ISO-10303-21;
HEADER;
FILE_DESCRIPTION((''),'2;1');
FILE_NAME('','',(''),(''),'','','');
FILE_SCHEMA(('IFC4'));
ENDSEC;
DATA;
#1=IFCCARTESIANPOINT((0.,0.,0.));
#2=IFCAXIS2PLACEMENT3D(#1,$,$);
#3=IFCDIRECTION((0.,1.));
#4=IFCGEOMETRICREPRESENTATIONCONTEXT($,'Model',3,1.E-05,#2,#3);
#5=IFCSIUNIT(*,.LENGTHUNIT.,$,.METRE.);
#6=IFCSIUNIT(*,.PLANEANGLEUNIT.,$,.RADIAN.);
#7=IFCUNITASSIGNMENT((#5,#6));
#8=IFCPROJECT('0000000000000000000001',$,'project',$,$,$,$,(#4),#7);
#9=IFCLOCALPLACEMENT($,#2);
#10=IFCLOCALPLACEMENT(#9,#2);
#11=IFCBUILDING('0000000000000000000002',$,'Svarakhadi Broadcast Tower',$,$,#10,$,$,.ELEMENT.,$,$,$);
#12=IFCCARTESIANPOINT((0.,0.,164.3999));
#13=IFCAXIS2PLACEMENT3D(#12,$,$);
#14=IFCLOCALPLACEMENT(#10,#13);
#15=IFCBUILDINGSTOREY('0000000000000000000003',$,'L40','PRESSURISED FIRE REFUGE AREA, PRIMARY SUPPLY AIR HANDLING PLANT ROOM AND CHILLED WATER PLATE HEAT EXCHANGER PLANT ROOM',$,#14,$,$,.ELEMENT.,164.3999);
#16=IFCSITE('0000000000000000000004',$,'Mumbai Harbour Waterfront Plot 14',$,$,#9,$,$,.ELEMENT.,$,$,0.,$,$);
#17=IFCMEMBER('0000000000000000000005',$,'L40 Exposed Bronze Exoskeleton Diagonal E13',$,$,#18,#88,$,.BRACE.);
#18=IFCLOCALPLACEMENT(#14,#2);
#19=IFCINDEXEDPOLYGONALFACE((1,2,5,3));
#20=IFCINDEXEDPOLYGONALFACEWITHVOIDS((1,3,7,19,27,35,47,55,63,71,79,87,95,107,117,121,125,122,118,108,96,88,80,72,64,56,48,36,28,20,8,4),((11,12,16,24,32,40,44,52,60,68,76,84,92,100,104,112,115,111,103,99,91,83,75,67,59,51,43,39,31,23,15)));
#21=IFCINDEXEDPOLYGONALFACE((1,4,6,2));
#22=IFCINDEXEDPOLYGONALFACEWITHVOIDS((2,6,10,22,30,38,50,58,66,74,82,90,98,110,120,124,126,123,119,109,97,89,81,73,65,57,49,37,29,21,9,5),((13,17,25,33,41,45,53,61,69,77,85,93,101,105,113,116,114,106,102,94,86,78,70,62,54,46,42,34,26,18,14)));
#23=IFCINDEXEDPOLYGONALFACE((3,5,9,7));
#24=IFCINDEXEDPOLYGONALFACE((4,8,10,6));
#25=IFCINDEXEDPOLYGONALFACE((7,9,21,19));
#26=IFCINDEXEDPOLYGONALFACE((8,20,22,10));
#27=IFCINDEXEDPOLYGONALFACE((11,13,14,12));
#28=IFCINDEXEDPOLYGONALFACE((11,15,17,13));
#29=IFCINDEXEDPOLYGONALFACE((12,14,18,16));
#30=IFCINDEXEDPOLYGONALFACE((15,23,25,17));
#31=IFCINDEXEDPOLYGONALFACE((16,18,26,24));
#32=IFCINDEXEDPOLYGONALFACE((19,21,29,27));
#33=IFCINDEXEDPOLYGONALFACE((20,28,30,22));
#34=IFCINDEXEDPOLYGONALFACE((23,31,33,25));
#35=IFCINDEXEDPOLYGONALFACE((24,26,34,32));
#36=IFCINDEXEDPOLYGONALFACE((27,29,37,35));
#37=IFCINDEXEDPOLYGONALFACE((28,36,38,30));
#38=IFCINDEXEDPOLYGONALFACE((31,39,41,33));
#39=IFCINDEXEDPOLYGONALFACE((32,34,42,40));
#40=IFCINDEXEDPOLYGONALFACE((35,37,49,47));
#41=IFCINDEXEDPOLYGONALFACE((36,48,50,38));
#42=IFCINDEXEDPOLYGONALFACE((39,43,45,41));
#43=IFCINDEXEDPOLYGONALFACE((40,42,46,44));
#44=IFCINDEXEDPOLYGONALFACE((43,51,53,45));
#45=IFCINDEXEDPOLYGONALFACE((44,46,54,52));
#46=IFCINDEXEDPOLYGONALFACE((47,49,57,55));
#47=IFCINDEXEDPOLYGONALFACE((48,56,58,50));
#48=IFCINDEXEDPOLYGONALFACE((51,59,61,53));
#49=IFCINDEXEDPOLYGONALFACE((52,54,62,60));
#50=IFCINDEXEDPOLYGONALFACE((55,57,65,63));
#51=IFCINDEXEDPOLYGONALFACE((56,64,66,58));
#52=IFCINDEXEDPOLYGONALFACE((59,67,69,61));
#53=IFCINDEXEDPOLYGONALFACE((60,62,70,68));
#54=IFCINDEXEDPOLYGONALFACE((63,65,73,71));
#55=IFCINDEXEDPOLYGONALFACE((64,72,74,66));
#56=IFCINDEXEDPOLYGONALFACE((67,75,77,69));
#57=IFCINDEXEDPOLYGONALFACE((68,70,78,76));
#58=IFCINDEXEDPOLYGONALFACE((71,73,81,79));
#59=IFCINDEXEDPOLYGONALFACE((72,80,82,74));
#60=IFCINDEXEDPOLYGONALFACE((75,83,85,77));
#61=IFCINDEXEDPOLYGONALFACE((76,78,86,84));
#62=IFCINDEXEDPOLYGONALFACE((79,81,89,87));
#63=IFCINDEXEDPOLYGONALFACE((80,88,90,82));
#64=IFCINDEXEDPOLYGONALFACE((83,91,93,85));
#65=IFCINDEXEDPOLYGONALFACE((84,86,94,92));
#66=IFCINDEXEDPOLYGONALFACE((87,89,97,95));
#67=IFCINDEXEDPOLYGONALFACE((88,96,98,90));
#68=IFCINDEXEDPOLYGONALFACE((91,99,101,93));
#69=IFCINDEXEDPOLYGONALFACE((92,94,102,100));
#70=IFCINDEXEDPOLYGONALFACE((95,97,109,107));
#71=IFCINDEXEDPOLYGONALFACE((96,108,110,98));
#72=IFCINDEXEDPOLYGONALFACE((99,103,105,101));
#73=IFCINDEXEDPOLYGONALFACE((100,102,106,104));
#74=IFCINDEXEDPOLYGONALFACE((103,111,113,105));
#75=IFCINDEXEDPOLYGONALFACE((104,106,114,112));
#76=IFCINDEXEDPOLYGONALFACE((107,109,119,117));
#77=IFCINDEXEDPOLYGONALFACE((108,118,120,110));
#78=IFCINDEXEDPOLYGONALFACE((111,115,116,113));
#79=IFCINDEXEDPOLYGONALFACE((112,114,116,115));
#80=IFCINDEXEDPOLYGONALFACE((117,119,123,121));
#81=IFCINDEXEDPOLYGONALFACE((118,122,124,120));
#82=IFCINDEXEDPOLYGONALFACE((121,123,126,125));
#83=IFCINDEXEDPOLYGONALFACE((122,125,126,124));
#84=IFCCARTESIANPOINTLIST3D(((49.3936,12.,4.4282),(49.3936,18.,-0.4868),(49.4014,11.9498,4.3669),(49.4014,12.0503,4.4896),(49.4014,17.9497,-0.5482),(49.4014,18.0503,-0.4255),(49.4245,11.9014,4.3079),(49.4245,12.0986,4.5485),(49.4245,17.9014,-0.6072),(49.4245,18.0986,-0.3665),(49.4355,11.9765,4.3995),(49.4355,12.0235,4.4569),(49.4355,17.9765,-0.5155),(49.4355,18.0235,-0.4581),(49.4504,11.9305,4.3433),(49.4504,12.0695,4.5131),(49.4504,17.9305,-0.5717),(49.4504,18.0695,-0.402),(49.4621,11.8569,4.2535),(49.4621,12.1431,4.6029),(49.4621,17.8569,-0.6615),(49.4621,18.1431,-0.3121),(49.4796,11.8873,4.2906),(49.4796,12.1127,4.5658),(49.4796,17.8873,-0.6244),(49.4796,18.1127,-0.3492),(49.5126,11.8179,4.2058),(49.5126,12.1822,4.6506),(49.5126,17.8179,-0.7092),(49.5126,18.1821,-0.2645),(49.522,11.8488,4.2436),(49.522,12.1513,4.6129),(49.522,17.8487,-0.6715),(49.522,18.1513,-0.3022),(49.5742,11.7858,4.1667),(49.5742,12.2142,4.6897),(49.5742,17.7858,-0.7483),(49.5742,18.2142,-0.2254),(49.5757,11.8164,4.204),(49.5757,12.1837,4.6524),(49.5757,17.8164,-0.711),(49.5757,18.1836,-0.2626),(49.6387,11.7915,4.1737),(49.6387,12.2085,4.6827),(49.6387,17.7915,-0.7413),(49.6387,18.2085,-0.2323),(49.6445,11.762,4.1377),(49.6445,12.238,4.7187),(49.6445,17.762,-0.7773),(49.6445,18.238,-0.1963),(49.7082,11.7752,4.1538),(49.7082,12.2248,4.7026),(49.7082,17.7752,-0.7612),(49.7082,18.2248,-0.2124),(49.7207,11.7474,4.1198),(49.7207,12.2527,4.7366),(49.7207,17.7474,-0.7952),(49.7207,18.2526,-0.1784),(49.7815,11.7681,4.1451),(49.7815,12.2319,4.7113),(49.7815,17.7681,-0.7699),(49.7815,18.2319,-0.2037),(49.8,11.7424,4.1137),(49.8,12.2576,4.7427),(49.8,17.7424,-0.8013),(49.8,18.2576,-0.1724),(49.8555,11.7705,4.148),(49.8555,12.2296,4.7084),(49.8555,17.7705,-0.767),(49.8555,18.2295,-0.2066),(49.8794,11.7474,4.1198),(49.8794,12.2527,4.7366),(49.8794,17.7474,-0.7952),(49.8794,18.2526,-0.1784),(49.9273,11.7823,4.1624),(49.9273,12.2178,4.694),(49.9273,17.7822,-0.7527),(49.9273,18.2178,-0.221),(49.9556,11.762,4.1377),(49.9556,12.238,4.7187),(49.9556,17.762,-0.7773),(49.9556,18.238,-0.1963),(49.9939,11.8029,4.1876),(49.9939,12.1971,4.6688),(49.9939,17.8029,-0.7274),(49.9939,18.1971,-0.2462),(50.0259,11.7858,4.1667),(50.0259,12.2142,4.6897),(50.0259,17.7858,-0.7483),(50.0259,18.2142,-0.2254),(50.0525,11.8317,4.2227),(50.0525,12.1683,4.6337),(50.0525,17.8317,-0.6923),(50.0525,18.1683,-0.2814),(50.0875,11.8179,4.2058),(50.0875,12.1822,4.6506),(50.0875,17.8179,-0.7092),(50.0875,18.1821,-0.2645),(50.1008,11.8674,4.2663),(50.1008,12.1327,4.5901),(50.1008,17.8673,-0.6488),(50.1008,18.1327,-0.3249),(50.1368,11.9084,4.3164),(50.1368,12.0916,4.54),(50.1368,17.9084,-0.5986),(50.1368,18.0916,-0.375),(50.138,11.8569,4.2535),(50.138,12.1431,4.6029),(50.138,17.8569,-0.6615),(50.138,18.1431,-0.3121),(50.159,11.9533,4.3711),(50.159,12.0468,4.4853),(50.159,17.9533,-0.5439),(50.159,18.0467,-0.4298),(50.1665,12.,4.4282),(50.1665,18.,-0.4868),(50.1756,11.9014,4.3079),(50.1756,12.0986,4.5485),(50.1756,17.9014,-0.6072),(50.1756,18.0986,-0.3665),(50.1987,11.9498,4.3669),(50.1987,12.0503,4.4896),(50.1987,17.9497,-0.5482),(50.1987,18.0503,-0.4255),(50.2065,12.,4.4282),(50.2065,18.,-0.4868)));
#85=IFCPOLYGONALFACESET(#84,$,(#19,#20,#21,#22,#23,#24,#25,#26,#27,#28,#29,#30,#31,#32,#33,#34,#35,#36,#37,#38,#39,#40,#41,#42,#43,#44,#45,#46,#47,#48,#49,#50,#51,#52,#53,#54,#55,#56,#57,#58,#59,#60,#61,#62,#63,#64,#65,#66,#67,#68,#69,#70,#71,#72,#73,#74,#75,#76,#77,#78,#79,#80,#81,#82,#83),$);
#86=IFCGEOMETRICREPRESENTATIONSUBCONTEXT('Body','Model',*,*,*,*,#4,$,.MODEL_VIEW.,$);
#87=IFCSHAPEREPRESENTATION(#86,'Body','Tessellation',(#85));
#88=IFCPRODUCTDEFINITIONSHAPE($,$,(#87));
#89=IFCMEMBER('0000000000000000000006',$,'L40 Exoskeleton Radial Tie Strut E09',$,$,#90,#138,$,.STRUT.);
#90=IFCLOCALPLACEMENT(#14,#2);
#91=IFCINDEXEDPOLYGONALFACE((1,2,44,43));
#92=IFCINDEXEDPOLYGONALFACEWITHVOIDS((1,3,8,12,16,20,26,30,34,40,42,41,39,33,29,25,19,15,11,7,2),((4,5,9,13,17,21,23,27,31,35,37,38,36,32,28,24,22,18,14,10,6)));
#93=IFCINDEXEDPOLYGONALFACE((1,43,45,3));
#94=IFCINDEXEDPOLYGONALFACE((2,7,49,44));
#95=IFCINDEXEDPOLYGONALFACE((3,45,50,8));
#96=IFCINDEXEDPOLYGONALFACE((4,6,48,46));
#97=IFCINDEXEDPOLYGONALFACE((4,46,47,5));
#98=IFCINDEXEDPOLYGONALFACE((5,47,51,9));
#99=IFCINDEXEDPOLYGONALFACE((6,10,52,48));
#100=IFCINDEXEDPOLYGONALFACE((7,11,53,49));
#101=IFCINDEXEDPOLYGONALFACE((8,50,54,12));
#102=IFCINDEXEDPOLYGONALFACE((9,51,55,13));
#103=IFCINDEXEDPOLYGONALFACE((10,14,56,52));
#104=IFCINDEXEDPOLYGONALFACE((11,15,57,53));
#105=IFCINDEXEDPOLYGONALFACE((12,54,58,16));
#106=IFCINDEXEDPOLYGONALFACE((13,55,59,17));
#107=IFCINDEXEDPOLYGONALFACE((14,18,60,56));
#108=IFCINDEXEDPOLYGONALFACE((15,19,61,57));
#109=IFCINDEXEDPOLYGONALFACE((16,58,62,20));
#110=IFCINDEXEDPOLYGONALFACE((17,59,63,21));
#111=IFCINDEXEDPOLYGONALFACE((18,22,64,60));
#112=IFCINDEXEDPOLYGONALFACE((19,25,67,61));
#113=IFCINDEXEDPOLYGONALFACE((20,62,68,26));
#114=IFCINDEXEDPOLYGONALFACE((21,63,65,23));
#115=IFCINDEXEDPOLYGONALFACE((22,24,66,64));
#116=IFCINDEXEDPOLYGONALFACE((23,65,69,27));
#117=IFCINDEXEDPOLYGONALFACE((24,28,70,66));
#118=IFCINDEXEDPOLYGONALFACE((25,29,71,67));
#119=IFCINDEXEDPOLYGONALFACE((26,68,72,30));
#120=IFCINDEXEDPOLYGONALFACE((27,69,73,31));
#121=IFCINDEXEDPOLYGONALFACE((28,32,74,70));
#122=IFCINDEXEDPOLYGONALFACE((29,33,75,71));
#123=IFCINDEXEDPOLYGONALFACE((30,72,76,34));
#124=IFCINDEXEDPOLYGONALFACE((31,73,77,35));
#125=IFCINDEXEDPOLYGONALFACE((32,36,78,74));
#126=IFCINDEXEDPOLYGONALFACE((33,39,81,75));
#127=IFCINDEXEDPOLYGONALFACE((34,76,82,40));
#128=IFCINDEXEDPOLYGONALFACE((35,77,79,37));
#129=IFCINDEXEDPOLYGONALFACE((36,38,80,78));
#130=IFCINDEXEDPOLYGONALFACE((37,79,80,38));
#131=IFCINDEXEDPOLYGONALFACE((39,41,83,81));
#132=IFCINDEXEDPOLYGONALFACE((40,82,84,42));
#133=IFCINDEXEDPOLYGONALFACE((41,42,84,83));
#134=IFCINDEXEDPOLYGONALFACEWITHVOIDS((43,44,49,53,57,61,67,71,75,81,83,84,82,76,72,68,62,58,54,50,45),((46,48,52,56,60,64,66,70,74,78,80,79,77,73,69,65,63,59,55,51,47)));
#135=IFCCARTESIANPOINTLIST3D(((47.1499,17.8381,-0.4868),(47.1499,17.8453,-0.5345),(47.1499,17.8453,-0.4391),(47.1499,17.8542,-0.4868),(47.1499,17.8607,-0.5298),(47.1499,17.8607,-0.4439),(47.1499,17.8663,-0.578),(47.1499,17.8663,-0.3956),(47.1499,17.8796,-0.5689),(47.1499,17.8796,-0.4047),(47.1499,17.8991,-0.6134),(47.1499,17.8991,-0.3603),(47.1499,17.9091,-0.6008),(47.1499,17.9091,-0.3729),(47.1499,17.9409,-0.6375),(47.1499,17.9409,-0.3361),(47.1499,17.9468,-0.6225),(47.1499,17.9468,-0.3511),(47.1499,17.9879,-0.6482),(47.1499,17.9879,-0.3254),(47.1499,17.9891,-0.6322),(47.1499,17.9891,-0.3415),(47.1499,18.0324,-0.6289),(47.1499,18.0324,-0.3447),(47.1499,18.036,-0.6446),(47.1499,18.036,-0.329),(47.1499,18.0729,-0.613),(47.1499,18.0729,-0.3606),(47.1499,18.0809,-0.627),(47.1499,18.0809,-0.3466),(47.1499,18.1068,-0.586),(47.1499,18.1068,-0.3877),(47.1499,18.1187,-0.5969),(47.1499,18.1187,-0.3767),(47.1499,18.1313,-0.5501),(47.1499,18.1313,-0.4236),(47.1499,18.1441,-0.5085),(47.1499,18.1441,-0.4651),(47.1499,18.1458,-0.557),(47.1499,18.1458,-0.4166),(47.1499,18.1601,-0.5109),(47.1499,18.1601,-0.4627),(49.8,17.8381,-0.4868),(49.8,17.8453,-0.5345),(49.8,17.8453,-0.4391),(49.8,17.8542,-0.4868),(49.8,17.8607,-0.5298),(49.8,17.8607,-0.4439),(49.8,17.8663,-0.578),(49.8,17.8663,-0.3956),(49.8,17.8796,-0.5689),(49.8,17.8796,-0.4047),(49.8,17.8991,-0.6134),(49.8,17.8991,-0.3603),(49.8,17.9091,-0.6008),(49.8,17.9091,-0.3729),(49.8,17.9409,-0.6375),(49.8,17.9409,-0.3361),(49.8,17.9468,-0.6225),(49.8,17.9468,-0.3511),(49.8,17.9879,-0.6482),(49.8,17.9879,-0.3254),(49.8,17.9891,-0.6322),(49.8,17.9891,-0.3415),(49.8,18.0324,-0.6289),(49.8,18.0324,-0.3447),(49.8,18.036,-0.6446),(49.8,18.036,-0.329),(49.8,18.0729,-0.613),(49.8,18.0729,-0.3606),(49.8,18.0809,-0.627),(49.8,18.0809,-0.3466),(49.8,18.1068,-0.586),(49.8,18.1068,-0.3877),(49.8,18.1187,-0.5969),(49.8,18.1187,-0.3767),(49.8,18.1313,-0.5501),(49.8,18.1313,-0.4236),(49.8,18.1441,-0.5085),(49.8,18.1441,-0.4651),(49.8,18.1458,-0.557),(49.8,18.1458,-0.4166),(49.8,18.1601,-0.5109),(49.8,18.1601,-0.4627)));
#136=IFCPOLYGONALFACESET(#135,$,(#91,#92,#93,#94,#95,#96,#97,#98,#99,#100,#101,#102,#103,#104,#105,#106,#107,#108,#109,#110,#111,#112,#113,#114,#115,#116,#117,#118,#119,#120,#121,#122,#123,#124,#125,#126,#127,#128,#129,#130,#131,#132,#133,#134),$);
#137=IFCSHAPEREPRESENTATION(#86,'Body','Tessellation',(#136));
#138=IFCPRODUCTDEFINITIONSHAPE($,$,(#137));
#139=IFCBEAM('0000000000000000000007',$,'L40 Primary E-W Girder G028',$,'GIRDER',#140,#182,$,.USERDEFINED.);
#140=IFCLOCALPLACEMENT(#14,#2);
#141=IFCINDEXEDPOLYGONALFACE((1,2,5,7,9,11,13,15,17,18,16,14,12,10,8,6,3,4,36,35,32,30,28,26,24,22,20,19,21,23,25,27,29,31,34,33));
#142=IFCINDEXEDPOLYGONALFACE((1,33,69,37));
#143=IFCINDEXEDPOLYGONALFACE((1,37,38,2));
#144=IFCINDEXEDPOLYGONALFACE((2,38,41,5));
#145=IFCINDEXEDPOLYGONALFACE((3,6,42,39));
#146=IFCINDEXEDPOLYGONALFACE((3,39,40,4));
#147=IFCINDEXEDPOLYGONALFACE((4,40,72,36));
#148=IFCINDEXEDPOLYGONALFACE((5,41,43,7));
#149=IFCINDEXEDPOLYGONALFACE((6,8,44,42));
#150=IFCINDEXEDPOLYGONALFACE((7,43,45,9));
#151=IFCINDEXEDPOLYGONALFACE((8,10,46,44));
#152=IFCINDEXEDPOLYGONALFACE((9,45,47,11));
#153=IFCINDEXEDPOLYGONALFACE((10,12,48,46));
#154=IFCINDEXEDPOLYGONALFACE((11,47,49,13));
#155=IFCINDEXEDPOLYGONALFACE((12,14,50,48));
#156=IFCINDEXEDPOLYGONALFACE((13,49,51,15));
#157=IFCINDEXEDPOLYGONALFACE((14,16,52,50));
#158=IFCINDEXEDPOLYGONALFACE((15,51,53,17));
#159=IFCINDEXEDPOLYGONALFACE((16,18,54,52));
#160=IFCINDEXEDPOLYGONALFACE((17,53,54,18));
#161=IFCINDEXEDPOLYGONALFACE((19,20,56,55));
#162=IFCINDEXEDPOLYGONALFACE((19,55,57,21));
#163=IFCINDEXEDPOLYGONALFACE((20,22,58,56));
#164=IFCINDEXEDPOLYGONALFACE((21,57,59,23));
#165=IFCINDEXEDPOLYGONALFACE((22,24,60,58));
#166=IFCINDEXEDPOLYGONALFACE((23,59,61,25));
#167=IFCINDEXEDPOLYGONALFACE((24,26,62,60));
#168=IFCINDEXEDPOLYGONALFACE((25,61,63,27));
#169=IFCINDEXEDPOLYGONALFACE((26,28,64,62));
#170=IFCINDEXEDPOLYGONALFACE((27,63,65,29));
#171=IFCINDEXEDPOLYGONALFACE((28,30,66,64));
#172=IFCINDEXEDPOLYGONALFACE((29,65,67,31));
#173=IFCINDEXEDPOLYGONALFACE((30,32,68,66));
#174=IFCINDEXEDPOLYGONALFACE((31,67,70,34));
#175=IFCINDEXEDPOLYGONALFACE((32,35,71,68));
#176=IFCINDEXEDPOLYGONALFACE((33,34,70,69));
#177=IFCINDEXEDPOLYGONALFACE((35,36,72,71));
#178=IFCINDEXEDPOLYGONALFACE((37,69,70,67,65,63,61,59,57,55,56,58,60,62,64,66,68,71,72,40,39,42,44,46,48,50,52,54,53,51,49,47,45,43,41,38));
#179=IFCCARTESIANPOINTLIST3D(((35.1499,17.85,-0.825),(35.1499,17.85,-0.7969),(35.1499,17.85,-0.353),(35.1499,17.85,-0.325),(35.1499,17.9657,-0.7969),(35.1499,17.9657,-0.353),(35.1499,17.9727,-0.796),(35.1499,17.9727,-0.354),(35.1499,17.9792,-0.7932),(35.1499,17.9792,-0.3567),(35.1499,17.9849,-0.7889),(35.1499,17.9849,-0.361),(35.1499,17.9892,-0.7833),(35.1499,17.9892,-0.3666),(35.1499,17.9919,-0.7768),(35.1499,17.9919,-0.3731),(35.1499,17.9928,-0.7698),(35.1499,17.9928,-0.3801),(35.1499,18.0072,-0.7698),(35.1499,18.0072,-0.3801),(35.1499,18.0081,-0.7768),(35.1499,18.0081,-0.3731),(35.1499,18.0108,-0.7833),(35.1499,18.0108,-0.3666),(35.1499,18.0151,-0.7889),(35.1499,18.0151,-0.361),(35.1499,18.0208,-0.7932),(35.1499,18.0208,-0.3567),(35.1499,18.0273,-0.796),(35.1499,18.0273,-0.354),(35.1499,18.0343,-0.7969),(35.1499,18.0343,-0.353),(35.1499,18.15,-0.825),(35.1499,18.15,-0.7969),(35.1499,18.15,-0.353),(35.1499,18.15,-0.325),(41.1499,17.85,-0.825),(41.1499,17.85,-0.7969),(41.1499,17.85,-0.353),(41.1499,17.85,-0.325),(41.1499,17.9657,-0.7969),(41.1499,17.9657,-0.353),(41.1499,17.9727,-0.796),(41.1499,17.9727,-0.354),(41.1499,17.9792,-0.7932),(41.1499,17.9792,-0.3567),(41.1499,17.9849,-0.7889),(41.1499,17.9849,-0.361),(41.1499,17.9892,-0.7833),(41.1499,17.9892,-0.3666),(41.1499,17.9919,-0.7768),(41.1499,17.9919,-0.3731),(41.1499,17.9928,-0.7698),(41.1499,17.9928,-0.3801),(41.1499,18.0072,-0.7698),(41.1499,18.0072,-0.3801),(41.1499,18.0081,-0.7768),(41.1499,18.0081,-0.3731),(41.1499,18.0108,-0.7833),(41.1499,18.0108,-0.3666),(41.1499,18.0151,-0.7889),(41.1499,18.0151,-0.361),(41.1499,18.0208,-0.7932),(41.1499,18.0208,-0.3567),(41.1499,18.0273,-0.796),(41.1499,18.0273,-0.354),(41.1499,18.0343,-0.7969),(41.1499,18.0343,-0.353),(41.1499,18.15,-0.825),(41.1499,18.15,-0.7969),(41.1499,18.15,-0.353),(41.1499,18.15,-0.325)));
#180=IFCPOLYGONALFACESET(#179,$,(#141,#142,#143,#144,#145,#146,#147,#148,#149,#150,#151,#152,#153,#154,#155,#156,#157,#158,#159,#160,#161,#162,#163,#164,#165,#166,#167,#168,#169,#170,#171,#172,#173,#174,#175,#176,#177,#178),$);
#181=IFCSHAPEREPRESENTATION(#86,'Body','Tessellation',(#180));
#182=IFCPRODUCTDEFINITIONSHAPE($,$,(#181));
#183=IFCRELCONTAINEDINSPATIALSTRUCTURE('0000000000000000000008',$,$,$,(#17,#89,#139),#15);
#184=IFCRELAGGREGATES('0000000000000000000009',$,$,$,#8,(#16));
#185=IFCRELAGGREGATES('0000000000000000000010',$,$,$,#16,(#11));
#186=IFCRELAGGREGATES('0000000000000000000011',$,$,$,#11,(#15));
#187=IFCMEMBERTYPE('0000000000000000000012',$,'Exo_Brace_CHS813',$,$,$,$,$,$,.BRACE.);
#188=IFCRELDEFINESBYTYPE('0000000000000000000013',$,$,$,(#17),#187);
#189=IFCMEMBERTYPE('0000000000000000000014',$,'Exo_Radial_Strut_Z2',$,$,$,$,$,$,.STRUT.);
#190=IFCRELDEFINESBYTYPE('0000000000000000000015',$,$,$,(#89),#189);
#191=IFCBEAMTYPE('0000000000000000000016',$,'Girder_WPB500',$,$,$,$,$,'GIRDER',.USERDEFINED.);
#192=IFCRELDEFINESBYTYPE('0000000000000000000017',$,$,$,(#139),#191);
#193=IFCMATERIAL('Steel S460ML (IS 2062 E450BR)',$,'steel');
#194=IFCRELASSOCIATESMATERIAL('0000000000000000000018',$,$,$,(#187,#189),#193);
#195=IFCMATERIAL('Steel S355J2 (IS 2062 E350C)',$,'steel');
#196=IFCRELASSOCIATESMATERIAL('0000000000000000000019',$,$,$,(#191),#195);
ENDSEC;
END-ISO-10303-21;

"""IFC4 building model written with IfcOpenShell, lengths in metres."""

from ifc_helpers import new_model, si_unit, direction, frame, origin, origin_2d, place, context, subcontext, project, spatial, hollow_circle, i_section, extrude, material, material_profile, profile_set, type_object, element, save


model = new_model("IFC4")

# Units and contexts
model_context = context("Model", 3, precision=1e-05, world=origin(), true_north=direction((0.0, 1.0)))
body_context = subcontext(model_context, "Body", "Model", "MODEL_VIEW")
ifc_project = project(units=[si_unit("LENGTHUNIT", "METRE"), si_unit("PLANEANGLEUNIT", "RADIAN")], contexts=[model_context])

# Site, building, storey
site_placement = place(None, origin())
site = spatial("IfcSite", under=ifc_project, at=site_placement, Name="Mumbai Harbour Waterfront Plot 14", CompositionType="ELEMENT", RefElevation=0.0)
building_placement = place(site_placement, origin())
building = spatial("IfcBuilding", under=site, at=building_placement, Name="Svarakhadi Broadcast Tower", CompositionType="ELEMENT")
storey_placement = place(building_placement, frame((0.0, 0.0, 164.3999)))
storey = spatial("IfcBuildingStorey", under=building, at=storey_placement, Name="L40", Description="PRESSURISED FIRE REFUGE AREA, PRIMARY SUPPLY AIR HANDLING PLANT ROOM AND CHILLED WATER PLATE HEAT EXCHANGER PLANT ROOM", CompositionType="ELEMENT", Elevation=164.3999)

# Shared definitions
ifc_material_1 = material(Name="Steel S460ML (IS 2062 E450BR)", Category="steel")

# Members
ifc_material_profile_1 = material_profile(ifc_material_1, hollow_circle(Radius=0.4065, WallThickness=0.04, at=origin_2d()), Name="CHS 813x40")
ifc_profile_set_1 = profile_set([ifc_material_profile_1], Name="Steel S460ML (IS 2062 E450BR)")
member_type_1 = type_object("IfcMemberType", Name="Exo_Brace_CHS813", PredefinedType="BRACE", material=ifc_profile_set_1)
member_1_placement = place(storey_placement, frame((49.8, 18.0, -0.4868), z_axis=(0.0, -0.773581, 0.633697), x_axis=(1.0, 0.0, 0.0)))
element("IfcMember", 1, at=member_1_placement, inside=storey, type_object=member_type_1, Name="L40 Exposed Bronze Exoskeleton Diagonal E13", PredefinedType="BRACE", context=body_context, shape_type="SweptSolid", body=[
    extrude(hollow_circle(Radius=0.4065, WallThickness=0.04, at=origin_2d()), origin(), (0.0, 0.0, 1.0), 7.7561),
])
ifc_material_profile_2 = material_profile(ifc_material_1, hollow_circle(Radius=0.1619, WallThickness=0.0161, at=origin_2d()), Name="CHS 323.9x16")
ifc_profile_set_2 = profile_set([ifc_material_profile_2], Name="Steel S460ML (IS 2062 E450BR)")
member_type_2 = type_object("IfcMemberType", Name="Exo_Radial_Strut_Z2", PredefinedType="STRUT", material=ifc_profile_set_2)
member_2_placement = place(storey_placement, frame((49.8, 18.0, -0.4868), z_axis=(-1.0, 0.0, 0.0), x_axis=(0.0, -1.0, 0.0)))
element("IfcMember", 2, at=member_2_placement, inside=storey, type_object=member_type_2, Name="L40 Exoskeleton Radial Tie Strut E09", PredefinedType="STRUT", context=body_context, shape_type="SweptSolid", body=[
    extrude(hollow_circle(Radius=0.1619, WallThickness=0.0161, at=origin_2d()), origin(), (0.0, 0.0, 1.0), 2.6501),
])

# Beam
ifc_material_2 = material(Name="Steel S355J2 (IS 2062 E350C)", Category="steel")
ifc_material_profile_3 = material_profile(ifc_material_2, i_section(OverallWidth=0.3, OverallDepth=0.5, WebThickness=0.0144, FlangeThickness=0.0281, FilletRadius=0.0271, at=origin_2d()), Name="WPB 500x300x187")
ifc_profile_set_3 = profile_set([ifc_material_profile_3], Name="Steel S355J2 (IS 2062 E350C)")
beam_type = type_object("IfcBeamType", Name="Girder_WPB500", ElementType="GIRDER", PredefinedType="USERDEFINED", material=ifc_profile_set_3)
for number, where, z_axis, x_axis, name in (
    (3, (35.1499, 18.0, -0.575), (1.0, 0.0, 0.0), (0.0, 1.0, 0.0), "L40 Primary E-W Girder G028"),
):
    element("IfcBeam", number, at=place(storey_placement, frame(where, z_axis=z_axis, x_axis=x_axis)), inside=storey, type_object=beam_type, Name=name, ObjectType="GIRDER", PredefinedType="USERDEFINED", context=body_context, shape_type="SweptSolid", body=[
        extrude(i_section(OverallWidth=0.3, OverallDepth=0.5, WebThickness=0.0144, FlangeThickness=0.0281, FilletRadius=0.0271, at=origin_2d()), origin(), (0.0, 0.0, 1.0), 6.0),
    ])

save(model, "model.ifc")
